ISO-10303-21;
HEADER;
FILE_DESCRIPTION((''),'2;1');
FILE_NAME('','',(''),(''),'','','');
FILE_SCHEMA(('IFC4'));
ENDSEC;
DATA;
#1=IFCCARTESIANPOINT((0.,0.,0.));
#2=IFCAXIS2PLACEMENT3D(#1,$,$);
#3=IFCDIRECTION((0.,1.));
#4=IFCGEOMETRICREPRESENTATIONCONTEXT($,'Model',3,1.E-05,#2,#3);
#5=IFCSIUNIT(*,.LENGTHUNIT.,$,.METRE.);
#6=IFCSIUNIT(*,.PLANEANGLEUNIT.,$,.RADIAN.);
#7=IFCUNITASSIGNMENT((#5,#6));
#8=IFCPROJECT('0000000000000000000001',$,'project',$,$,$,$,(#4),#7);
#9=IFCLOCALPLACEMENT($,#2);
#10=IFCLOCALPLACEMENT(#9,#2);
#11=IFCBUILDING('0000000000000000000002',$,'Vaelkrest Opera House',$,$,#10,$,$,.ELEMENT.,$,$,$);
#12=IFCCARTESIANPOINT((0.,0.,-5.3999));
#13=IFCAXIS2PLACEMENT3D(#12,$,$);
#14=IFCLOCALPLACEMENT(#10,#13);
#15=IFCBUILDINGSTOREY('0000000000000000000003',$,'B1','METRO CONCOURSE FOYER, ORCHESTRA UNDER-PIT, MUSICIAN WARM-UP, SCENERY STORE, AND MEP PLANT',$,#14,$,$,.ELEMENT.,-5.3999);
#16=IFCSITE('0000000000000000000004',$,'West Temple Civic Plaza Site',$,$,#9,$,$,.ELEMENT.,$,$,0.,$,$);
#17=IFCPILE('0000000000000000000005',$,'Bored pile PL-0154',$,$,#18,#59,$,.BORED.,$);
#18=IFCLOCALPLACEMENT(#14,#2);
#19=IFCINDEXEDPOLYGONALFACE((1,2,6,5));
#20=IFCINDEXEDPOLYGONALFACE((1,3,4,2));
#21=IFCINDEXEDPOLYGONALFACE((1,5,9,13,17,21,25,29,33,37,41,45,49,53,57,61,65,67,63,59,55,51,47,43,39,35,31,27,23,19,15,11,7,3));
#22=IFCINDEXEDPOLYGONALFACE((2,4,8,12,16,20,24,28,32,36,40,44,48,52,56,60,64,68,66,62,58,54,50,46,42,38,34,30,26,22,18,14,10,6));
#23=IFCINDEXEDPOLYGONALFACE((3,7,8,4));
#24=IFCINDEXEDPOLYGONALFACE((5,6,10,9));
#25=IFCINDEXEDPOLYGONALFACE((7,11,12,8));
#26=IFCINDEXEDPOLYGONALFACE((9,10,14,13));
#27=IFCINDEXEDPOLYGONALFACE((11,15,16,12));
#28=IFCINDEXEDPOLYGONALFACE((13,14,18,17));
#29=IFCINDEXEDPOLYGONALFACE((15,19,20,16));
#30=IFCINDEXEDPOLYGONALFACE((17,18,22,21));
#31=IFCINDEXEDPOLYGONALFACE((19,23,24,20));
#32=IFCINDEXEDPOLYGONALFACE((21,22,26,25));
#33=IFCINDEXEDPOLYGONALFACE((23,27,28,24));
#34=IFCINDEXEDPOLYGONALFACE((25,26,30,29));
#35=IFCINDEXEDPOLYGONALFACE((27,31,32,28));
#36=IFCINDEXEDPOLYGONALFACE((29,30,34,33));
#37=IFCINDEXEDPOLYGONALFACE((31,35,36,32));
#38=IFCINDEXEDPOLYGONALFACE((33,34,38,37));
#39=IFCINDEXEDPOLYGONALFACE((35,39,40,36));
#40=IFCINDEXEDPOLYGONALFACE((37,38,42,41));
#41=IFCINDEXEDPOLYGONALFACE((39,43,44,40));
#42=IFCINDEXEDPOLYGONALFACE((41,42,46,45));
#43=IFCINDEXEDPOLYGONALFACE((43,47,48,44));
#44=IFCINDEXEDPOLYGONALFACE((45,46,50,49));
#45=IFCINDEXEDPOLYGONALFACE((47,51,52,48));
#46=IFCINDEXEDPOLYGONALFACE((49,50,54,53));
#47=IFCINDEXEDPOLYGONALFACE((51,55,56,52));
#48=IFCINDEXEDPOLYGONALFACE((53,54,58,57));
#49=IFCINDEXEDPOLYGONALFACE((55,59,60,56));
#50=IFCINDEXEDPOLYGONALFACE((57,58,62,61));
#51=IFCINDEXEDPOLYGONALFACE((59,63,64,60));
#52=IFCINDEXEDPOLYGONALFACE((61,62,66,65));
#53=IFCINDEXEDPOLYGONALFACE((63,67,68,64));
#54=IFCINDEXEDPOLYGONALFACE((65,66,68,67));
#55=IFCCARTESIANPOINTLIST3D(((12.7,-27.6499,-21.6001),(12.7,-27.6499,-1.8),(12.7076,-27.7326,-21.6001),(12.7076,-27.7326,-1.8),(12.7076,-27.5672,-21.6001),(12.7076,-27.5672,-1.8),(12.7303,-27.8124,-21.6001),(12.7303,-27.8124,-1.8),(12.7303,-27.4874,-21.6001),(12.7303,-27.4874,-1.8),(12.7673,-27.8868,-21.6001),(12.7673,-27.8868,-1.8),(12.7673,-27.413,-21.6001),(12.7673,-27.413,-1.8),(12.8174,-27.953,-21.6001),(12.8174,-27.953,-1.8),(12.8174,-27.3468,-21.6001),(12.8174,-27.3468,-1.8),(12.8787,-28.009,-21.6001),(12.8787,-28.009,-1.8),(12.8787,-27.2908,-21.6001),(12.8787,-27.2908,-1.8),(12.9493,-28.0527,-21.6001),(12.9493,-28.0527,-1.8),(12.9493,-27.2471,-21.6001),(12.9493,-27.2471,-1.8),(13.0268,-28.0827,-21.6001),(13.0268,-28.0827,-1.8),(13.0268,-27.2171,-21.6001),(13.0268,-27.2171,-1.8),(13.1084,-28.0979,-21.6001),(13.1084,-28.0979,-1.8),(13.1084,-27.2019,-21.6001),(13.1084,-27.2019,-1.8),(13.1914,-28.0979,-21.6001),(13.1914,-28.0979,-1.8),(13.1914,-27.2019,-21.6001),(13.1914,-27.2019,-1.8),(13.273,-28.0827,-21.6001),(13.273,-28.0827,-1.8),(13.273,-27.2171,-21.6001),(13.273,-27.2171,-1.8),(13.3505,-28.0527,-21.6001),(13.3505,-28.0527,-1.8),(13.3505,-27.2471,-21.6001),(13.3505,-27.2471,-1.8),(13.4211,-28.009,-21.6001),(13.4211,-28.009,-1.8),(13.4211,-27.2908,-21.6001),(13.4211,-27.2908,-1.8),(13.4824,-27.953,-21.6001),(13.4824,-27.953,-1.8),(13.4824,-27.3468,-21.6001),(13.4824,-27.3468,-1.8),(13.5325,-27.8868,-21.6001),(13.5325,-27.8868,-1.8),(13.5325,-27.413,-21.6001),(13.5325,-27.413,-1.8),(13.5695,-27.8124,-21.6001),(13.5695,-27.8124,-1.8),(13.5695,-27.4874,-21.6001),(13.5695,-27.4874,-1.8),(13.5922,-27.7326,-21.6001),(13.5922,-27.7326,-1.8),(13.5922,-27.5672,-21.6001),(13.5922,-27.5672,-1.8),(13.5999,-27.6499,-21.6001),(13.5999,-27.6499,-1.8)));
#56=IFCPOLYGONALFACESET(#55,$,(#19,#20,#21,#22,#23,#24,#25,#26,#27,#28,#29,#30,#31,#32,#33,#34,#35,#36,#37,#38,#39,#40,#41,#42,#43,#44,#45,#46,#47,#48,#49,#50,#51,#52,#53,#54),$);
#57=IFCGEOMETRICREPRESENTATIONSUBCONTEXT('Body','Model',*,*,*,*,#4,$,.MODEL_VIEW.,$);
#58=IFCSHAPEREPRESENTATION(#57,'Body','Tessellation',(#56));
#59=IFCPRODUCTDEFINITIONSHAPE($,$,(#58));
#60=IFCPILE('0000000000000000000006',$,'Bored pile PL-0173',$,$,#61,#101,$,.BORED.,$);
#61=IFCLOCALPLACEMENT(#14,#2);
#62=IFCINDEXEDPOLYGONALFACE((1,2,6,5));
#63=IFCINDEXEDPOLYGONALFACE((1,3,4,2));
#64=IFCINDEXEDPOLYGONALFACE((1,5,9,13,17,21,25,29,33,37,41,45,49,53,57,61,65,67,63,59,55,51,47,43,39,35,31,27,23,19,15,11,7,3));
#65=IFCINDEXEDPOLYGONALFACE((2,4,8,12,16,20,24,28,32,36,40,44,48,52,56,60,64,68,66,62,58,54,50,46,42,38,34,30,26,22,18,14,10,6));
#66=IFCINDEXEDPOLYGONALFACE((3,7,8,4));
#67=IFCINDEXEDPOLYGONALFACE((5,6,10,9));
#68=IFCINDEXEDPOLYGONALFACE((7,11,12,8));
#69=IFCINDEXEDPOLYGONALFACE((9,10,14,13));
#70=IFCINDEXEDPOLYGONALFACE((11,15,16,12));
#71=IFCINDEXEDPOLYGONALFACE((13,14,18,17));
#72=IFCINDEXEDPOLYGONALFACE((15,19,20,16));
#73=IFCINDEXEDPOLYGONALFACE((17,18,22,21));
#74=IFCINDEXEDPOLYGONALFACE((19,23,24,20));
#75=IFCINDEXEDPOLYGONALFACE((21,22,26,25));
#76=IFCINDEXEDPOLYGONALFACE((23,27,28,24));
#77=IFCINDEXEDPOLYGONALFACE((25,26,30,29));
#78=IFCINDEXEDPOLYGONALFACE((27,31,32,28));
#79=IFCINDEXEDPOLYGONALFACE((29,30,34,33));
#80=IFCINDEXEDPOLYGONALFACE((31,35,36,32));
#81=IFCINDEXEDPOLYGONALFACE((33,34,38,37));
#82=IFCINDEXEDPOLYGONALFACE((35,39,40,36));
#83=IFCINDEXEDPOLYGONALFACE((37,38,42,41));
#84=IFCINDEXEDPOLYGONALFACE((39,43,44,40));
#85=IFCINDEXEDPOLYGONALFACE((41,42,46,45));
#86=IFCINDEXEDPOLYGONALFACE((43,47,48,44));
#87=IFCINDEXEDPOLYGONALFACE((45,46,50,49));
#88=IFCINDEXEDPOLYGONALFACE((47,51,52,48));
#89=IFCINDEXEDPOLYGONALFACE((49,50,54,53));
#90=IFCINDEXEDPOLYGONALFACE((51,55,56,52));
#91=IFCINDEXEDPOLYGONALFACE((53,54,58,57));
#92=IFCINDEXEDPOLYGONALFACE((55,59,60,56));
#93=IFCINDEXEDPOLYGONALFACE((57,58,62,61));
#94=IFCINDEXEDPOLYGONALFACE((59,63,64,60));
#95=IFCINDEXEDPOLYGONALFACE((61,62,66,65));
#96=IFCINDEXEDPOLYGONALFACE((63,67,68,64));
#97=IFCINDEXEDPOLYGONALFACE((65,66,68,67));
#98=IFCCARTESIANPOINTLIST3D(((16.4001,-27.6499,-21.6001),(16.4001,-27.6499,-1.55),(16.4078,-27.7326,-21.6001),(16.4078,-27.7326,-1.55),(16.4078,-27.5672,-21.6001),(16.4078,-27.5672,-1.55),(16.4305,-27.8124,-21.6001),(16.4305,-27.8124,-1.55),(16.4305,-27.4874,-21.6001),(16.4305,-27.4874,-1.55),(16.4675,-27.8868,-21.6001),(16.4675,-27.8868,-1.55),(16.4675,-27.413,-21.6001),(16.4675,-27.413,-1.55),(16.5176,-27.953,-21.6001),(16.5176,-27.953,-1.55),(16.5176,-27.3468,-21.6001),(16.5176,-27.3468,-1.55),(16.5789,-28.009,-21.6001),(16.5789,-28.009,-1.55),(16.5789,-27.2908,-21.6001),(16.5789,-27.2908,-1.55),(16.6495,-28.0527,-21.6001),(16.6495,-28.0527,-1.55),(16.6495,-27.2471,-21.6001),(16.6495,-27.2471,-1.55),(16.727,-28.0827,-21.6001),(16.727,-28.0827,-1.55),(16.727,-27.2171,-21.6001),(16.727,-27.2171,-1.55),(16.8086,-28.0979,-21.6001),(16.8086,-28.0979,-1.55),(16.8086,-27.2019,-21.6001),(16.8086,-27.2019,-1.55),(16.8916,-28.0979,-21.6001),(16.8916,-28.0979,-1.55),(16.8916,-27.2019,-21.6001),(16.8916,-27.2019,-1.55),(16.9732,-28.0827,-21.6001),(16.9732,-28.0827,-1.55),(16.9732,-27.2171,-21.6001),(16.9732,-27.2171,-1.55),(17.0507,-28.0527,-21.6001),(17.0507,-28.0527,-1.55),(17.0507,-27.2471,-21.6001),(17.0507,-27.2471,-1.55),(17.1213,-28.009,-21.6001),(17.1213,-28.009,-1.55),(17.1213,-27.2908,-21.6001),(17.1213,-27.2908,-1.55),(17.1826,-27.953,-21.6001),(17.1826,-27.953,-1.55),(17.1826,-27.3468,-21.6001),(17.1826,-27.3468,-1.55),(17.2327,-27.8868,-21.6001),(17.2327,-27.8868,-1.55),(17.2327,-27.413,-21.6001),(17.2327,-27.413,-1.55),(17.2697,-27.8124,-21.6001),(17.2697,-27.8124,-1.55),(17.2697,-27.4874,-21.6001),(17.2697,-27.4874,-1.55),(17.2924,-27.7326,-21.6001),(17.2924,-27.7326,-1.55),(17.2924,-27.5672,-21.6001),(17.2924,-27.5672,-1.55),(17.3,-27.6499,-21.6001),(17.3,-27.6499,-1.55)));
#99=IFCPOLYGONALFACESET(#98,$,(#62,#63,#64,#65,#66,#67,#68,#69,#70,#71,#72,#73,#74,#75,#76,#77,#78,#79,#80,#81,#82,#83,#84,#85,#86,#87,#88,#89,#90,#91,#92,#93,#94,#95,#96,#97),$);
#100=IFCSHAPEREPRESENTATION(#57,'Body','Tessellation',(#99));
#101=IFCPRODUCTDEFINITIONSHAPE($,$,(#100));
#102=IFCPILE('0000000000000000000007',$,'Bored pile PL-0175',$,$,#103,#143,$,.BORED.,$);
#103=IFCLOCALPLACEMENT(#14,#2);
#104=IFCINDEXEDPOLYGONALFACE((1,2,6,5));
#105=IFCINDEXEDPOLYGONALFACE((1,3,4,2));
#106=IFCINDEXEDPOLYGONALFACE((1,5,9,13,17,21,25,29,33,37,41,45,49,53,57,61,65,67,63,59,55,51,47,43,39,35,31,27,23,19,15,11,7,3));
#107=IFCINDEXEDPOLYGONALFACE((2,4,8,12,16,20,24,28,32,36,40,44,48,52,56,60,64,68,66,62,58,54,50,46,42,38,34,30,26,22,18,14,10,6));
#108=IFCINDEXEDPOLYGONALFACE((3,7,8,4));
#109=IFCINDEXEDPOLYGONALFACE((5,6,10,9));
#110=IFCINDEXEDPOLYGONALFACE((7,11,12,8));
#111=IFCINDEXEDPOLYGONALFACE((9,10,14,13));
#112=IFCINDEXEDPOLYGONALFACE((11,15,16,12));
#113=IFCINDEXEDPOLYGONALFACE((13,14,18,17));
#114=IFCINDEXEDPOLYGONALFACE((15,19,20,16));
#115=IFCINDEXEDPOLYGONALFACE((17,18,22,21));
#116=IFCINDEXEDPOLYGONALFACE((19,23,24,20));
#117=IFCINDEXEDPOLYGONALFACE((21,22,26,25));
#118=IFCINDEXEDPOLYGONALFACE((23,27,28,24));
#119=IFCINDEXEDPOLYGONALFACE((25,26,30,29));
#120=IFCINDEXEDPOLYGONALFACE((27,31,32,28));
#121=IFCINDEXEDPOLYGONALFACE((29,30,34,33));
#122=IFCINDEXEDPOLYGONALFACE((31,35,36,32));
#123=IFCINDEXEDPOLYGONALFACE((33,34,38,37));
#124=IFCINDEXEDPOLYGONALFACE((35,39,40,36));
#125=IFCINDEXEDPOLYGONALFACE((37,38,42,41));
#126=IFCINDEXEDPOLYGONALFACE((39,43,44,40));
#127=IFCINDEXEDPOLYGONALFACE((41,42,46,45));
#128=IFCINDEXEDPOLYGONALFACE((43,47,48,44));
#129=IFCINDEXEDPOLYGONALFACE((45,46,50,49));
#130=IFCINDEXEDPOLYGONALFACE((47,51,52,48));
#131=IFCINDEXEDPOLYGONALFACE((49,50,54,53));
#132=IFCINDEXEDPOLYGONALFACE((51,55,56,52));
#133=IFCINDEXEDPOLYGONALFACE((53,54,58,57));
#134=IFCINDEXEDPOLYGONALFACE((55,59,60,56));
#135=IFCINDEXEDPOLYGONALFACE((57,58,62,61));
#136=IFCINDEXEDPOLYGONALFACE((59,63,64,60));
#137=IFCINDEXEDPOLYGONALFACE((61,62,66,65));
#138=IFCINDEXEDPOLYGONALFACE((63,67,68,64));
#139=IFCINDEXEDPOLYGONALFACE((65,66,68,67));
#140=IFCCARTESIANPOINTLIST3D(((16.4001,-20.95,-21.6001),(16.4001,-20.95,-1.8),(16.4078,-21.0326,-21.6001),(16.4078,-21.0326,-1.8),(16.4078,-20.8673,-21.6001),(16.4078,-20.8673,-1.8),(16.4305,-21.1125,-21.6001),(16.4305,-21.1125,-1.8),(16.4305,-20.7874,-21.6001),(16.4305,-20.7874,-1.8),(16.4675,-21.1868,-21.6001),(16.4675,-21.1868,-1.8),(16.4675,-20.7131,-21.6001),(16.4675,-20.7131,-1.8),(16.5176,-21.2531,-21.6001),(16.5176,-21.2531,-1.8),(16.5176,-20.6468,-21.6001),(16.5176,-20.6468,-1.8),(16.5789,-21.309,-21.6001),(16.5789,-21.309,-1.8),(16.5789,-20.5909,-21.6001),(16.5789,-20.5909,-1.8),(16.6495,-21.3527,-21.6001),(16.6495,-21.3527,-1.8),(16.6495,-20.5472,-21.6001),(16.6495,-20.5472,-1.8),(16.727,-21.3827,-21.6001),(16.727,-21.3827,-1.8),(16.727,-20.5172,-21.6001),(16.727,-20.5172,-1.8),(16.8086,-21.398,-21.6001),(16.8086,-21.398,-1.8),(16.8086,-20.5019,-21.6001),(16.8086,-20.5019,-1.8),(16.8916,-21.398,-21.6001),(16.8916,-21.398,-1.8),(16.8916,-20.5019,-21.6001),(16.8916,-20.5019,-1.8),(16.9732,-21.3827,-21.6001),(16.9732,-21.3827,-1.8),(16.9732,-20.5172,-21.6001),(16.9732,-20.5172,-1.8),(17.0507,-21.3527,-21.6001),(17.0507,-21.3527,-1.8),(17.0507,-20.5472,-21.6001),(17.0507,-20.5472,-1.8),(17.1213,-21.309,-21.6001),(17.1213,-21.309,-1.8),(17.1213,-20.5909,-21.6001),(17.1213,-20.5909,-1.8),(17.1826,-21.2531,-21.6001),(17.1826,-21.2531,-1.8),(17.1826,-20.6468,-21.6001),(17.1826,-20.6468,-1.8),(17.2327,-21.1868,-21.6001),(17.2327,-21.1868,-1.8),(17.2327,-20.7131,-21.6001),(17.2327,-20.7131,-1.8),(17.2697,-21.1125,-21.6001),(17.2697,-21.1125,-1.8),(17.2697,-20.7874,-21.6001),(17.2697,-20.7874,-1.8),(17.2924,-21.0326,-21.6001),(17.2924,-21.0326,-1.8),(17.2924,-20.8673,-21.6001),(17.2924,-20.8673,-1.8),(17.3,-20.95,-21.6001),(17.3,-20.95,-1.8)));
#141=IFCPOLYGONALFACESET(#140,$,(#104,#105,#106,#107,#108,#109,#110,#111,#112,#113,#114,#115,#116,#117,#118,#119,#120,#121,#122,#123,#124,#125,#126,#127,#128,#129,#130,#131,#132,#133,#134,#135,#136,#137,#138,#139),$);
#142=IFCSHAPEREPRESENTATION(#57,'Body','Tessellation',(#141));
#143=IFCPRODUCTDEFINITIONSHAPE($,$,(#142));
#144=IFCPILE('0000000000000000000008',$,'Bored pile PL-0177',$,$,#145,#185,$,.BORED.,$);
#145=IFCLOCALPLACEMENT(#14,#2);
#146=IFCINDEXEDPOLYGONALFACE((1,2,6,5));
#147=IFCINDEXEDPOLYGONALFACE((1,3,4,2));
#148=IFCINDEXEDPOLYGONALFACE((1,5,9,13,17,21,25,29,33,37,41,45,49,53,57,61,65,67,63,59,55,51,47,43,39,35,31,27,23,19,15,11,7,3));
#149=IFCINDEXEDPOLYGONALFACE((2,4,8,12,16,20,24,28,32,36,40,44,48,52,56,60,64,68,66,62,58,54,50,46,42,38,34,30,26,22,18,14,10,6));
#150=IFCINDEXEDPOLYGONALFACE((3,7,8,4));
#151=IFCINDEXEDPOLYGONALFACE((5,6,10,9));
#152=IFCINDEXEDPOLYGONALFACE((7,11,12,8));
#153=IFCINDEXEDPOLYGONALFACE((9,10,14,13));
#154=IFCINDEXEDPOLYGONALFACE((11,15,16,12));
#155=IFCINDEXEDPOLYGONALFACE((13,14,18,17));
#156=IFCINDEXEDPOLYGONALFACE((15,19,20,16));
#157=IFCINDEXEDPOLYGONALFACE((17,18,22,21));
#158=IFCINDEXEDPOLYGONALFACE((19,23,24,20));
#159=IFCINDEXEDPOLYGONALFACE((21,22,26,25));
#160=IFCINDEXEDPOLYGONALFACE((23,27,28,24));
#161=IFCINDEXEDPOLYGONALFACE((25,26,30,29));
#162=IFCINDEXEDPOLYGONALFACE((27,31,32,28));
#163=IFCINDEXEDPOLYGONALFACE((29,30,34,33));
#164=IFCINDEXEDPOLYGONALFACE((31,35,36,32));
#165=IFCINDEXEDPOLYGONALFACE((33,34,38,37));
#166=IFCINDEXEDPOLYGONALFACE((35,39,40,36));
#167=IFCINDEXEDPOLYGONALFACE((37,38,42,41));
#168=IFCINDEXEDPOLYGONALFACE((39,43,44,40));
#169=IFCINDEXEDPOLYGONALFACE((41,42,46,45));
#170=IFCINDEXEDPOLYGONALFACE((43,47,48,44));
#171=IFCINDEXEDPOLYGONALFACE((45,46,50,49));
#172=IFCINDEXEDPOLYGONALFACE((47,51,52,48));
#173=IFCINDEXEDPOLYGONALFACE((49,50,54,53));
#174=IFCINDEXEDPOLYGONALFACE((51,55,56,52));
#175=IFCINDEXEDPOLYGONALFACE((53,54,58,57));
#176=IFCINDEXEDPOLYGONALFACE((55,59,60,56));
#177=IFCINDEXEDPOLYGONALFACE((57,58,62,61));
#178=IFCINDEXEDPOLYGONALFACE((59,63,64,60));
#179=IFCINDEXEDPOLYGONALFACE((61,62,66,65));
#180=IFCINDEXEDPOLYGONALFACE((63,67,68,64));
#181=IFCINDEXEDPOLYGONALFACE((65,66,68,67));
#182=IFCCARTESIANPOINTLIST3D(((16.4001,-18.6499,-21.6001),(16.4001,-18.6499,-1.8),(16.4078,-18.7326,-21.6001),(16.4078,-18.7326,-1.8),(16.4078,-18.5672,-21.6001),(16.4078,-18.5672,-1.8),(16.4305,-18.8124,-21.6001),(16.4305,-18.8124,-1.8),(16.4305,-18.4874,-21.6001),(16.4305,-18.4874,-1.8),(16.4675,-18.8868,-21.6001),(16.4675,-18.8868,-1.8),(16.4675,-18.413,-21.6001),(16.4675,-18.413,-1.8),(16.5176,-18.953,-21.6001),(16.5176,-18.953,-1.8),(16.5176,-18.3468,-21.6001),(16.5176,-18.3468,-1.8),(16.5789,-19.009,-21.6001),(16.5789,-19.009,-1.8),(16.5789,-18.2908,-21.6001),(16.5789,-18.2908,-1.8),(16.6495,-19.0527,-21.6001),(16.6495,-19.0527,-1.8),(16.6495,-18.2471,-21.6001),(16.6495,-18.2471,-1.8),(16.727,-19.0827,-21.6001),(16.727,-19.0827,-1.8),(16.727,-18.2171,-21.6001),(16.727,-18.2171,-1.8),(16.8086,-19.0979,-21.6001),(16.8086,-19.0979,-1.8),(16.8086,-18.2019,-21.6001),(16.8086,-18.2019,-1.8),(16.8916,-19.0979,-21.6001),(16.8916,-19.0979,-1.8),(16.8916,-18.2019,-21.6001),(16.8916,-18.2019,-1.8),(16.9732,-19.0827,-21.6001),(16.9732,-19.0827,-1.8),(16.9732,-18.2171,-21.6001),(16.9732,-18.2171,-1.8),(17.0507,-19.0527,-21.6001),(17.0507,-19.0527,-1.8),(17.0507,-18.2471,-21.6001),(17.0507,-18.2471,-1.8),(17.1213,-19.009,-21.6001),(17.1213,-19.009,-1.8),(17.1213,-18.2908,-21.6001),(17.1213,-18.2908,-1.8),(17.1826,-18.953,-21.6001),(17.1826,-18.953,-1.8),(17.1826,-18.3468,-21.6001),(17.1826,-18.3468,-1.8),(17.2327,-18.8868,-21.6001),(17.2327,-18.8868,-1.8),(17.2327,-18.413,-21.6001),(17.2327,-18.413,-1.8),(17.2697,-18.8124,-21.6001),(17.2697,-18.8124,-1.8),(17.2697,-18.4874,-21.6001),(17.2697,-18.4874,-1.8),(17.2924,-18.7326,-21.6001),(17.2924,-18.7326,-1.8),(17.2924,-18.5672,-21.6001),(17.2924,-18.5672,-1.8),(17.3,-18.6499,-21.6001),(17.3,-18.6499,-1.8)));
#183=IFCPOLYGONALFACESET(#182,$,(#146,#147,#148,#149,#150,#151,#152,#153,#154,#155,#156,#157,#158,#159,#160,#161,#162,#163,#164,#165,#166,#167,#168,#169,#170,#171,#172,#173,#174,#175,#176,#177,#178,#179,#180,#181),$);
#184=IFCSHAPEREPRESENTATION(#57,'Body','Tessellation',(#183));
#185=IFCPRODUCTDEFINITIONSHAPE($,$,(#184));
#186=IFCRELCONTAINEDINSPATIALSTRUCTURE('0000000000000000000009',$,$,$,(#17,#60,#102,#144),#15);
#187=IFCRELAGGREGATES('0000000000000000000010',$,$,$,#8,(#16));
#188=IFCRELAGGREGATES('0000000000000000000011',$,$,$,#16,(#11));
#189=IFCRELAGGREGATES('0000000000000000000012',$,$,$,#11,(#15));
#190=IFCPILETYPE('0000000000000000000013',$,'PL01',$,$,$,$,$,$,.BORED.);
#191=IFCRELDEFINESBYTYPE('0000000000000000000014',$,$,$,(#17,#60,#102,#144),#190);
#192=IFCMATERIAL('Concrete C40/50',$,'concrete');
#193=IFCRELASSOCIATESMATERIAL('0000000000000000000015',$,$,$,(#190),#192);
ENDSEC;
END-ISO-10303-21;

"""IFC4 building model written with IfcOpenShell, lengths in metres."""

from ifc_helpers import new_model, si_unit, direction, frame, origin, origin_2d, place, context, subcontext, project, spatial, circle, extrude, material, material_profile, profile_set, type_object, element, save


model = new_model("IFC4")

# Units and contexts
model_context = context("Model", 3, precision=1e-05, world=origin(), true_north=direction((0.0, 1.0)))
body_context = subcontext(model_context, "Body", "Model", "MODEL_VIEW")
ifc_project = project(units=[si_unit("LENGTHUNIT", "METRE"), si_unit("PLANEANGLEUNIT", "RADIAN")], contexts=[model_context])

# Site, building, storey
site_placement = place(None, origin())
site = spatial("IfcSite", under=ifc_project, at=site_placement, Name="West Temple Civic Plaza Site", CompositionType="ELEMENT", RefElevation=0.0)
building_placement = place(site_placement, origin())
building = spatial("IfcBuilding", under=site, at=building_placement, Name="Vaelkrest Opera House", CompositionType="ELEMENT")
storey_placement = place(building_placement, frame((0.0, 0.0, -5.3999)))
storey = spatial("IfcBuildingStorey", under=building, at=storey_placement, Name="B1", Description="METRO CONCOURSE FOYER, ORCHESTRA UNDER-PIT, MUSICIAN WARM-UP, SCENERY STORE, AND MEP PLANT", CompositionType="ELEMENT", Elevation=-5.3999)

# Shared definitions
ifc_material_1 = material(Name="Concrete C40/50", Category="concrete")

# Piles
ifc_material_profile_1 = material_profile(ifc_material_1, circle(Radius=0.45, at=origin_2d()), Name="PILE900")
ifc_profile_set_1 = profile_set([ifc_material_profile_1], Name="Concrete C40/50")
pile_type = type_object("IfcPileType", Name="PL01", PredefinedType="BORED", material=ifc_profile_set_1)
for number, where, z_axis, x_axis, name in (
    (1, (13.1499, -27.6499, -1.8), (0.0, 0.0, -1.0), (1.0, 0.0, 0.0), "Bored pile PL-0154"),
):
    element("IfcPile", number, at=place(storey_placement, frame(where, z_axis=z_axis, x_axis=x_axis)), inside=storey, type_object=pile_type, Name=name, PredefinedType="BORED", context=body_context, shape_type="SweptSolid", body=[
        extrude(circle(Radius=0.45, at=origin_2d()), origin(), (0.0, 0.0, 1.0), 19.8),
    ])
pile_1_placement = place(storey_placement, frame((16.8501, -27.6499, -1.55), z_axis=(0.0, 0.0, -1.0), x_axis=(1.0, 0.0, 0.0)))
element("IfcPile", 2, at=pile_1_placement, inside=storey, type_object=pile_type, Name="Bored pile PL-0173", PredefinedType="BORED", context=body_context, shape_type="SweptSolid", body=[
    extrude(circle(Radius=0.45, at=origin_2d()), origin(), (0.0, 0.0, 1.0), 20.05),
])
for number, where, z_axis, x_axis, name in (
    (3, (16.8501, -20.95, -1.8), (0.0, 0.0, -1.0), (1.0, 0.0, 0.0), "Bored pile PL-0175"),
    (4, (16.8501, -18.6499, -1.8), (0.0, 0.0, -1.0), (1.0, 0.0, 0.0), "Bored pile PL-0177"),
):
    element("IfcPile", number, at=place(storey_placement, frame(where, z_axis=z_axis, x_axis=x_axis)), inside=storey, type_object=pile_type, Name=name, PredefinedType="BORED", context=body_context, shape_type="SweptSolid", body=[
        extrude(circle(Radius=0.45, at=origin_2d()), origin(), (0.0, 0.0, 1.0), 19.8),
    ])

save(model, "model.ifc")
